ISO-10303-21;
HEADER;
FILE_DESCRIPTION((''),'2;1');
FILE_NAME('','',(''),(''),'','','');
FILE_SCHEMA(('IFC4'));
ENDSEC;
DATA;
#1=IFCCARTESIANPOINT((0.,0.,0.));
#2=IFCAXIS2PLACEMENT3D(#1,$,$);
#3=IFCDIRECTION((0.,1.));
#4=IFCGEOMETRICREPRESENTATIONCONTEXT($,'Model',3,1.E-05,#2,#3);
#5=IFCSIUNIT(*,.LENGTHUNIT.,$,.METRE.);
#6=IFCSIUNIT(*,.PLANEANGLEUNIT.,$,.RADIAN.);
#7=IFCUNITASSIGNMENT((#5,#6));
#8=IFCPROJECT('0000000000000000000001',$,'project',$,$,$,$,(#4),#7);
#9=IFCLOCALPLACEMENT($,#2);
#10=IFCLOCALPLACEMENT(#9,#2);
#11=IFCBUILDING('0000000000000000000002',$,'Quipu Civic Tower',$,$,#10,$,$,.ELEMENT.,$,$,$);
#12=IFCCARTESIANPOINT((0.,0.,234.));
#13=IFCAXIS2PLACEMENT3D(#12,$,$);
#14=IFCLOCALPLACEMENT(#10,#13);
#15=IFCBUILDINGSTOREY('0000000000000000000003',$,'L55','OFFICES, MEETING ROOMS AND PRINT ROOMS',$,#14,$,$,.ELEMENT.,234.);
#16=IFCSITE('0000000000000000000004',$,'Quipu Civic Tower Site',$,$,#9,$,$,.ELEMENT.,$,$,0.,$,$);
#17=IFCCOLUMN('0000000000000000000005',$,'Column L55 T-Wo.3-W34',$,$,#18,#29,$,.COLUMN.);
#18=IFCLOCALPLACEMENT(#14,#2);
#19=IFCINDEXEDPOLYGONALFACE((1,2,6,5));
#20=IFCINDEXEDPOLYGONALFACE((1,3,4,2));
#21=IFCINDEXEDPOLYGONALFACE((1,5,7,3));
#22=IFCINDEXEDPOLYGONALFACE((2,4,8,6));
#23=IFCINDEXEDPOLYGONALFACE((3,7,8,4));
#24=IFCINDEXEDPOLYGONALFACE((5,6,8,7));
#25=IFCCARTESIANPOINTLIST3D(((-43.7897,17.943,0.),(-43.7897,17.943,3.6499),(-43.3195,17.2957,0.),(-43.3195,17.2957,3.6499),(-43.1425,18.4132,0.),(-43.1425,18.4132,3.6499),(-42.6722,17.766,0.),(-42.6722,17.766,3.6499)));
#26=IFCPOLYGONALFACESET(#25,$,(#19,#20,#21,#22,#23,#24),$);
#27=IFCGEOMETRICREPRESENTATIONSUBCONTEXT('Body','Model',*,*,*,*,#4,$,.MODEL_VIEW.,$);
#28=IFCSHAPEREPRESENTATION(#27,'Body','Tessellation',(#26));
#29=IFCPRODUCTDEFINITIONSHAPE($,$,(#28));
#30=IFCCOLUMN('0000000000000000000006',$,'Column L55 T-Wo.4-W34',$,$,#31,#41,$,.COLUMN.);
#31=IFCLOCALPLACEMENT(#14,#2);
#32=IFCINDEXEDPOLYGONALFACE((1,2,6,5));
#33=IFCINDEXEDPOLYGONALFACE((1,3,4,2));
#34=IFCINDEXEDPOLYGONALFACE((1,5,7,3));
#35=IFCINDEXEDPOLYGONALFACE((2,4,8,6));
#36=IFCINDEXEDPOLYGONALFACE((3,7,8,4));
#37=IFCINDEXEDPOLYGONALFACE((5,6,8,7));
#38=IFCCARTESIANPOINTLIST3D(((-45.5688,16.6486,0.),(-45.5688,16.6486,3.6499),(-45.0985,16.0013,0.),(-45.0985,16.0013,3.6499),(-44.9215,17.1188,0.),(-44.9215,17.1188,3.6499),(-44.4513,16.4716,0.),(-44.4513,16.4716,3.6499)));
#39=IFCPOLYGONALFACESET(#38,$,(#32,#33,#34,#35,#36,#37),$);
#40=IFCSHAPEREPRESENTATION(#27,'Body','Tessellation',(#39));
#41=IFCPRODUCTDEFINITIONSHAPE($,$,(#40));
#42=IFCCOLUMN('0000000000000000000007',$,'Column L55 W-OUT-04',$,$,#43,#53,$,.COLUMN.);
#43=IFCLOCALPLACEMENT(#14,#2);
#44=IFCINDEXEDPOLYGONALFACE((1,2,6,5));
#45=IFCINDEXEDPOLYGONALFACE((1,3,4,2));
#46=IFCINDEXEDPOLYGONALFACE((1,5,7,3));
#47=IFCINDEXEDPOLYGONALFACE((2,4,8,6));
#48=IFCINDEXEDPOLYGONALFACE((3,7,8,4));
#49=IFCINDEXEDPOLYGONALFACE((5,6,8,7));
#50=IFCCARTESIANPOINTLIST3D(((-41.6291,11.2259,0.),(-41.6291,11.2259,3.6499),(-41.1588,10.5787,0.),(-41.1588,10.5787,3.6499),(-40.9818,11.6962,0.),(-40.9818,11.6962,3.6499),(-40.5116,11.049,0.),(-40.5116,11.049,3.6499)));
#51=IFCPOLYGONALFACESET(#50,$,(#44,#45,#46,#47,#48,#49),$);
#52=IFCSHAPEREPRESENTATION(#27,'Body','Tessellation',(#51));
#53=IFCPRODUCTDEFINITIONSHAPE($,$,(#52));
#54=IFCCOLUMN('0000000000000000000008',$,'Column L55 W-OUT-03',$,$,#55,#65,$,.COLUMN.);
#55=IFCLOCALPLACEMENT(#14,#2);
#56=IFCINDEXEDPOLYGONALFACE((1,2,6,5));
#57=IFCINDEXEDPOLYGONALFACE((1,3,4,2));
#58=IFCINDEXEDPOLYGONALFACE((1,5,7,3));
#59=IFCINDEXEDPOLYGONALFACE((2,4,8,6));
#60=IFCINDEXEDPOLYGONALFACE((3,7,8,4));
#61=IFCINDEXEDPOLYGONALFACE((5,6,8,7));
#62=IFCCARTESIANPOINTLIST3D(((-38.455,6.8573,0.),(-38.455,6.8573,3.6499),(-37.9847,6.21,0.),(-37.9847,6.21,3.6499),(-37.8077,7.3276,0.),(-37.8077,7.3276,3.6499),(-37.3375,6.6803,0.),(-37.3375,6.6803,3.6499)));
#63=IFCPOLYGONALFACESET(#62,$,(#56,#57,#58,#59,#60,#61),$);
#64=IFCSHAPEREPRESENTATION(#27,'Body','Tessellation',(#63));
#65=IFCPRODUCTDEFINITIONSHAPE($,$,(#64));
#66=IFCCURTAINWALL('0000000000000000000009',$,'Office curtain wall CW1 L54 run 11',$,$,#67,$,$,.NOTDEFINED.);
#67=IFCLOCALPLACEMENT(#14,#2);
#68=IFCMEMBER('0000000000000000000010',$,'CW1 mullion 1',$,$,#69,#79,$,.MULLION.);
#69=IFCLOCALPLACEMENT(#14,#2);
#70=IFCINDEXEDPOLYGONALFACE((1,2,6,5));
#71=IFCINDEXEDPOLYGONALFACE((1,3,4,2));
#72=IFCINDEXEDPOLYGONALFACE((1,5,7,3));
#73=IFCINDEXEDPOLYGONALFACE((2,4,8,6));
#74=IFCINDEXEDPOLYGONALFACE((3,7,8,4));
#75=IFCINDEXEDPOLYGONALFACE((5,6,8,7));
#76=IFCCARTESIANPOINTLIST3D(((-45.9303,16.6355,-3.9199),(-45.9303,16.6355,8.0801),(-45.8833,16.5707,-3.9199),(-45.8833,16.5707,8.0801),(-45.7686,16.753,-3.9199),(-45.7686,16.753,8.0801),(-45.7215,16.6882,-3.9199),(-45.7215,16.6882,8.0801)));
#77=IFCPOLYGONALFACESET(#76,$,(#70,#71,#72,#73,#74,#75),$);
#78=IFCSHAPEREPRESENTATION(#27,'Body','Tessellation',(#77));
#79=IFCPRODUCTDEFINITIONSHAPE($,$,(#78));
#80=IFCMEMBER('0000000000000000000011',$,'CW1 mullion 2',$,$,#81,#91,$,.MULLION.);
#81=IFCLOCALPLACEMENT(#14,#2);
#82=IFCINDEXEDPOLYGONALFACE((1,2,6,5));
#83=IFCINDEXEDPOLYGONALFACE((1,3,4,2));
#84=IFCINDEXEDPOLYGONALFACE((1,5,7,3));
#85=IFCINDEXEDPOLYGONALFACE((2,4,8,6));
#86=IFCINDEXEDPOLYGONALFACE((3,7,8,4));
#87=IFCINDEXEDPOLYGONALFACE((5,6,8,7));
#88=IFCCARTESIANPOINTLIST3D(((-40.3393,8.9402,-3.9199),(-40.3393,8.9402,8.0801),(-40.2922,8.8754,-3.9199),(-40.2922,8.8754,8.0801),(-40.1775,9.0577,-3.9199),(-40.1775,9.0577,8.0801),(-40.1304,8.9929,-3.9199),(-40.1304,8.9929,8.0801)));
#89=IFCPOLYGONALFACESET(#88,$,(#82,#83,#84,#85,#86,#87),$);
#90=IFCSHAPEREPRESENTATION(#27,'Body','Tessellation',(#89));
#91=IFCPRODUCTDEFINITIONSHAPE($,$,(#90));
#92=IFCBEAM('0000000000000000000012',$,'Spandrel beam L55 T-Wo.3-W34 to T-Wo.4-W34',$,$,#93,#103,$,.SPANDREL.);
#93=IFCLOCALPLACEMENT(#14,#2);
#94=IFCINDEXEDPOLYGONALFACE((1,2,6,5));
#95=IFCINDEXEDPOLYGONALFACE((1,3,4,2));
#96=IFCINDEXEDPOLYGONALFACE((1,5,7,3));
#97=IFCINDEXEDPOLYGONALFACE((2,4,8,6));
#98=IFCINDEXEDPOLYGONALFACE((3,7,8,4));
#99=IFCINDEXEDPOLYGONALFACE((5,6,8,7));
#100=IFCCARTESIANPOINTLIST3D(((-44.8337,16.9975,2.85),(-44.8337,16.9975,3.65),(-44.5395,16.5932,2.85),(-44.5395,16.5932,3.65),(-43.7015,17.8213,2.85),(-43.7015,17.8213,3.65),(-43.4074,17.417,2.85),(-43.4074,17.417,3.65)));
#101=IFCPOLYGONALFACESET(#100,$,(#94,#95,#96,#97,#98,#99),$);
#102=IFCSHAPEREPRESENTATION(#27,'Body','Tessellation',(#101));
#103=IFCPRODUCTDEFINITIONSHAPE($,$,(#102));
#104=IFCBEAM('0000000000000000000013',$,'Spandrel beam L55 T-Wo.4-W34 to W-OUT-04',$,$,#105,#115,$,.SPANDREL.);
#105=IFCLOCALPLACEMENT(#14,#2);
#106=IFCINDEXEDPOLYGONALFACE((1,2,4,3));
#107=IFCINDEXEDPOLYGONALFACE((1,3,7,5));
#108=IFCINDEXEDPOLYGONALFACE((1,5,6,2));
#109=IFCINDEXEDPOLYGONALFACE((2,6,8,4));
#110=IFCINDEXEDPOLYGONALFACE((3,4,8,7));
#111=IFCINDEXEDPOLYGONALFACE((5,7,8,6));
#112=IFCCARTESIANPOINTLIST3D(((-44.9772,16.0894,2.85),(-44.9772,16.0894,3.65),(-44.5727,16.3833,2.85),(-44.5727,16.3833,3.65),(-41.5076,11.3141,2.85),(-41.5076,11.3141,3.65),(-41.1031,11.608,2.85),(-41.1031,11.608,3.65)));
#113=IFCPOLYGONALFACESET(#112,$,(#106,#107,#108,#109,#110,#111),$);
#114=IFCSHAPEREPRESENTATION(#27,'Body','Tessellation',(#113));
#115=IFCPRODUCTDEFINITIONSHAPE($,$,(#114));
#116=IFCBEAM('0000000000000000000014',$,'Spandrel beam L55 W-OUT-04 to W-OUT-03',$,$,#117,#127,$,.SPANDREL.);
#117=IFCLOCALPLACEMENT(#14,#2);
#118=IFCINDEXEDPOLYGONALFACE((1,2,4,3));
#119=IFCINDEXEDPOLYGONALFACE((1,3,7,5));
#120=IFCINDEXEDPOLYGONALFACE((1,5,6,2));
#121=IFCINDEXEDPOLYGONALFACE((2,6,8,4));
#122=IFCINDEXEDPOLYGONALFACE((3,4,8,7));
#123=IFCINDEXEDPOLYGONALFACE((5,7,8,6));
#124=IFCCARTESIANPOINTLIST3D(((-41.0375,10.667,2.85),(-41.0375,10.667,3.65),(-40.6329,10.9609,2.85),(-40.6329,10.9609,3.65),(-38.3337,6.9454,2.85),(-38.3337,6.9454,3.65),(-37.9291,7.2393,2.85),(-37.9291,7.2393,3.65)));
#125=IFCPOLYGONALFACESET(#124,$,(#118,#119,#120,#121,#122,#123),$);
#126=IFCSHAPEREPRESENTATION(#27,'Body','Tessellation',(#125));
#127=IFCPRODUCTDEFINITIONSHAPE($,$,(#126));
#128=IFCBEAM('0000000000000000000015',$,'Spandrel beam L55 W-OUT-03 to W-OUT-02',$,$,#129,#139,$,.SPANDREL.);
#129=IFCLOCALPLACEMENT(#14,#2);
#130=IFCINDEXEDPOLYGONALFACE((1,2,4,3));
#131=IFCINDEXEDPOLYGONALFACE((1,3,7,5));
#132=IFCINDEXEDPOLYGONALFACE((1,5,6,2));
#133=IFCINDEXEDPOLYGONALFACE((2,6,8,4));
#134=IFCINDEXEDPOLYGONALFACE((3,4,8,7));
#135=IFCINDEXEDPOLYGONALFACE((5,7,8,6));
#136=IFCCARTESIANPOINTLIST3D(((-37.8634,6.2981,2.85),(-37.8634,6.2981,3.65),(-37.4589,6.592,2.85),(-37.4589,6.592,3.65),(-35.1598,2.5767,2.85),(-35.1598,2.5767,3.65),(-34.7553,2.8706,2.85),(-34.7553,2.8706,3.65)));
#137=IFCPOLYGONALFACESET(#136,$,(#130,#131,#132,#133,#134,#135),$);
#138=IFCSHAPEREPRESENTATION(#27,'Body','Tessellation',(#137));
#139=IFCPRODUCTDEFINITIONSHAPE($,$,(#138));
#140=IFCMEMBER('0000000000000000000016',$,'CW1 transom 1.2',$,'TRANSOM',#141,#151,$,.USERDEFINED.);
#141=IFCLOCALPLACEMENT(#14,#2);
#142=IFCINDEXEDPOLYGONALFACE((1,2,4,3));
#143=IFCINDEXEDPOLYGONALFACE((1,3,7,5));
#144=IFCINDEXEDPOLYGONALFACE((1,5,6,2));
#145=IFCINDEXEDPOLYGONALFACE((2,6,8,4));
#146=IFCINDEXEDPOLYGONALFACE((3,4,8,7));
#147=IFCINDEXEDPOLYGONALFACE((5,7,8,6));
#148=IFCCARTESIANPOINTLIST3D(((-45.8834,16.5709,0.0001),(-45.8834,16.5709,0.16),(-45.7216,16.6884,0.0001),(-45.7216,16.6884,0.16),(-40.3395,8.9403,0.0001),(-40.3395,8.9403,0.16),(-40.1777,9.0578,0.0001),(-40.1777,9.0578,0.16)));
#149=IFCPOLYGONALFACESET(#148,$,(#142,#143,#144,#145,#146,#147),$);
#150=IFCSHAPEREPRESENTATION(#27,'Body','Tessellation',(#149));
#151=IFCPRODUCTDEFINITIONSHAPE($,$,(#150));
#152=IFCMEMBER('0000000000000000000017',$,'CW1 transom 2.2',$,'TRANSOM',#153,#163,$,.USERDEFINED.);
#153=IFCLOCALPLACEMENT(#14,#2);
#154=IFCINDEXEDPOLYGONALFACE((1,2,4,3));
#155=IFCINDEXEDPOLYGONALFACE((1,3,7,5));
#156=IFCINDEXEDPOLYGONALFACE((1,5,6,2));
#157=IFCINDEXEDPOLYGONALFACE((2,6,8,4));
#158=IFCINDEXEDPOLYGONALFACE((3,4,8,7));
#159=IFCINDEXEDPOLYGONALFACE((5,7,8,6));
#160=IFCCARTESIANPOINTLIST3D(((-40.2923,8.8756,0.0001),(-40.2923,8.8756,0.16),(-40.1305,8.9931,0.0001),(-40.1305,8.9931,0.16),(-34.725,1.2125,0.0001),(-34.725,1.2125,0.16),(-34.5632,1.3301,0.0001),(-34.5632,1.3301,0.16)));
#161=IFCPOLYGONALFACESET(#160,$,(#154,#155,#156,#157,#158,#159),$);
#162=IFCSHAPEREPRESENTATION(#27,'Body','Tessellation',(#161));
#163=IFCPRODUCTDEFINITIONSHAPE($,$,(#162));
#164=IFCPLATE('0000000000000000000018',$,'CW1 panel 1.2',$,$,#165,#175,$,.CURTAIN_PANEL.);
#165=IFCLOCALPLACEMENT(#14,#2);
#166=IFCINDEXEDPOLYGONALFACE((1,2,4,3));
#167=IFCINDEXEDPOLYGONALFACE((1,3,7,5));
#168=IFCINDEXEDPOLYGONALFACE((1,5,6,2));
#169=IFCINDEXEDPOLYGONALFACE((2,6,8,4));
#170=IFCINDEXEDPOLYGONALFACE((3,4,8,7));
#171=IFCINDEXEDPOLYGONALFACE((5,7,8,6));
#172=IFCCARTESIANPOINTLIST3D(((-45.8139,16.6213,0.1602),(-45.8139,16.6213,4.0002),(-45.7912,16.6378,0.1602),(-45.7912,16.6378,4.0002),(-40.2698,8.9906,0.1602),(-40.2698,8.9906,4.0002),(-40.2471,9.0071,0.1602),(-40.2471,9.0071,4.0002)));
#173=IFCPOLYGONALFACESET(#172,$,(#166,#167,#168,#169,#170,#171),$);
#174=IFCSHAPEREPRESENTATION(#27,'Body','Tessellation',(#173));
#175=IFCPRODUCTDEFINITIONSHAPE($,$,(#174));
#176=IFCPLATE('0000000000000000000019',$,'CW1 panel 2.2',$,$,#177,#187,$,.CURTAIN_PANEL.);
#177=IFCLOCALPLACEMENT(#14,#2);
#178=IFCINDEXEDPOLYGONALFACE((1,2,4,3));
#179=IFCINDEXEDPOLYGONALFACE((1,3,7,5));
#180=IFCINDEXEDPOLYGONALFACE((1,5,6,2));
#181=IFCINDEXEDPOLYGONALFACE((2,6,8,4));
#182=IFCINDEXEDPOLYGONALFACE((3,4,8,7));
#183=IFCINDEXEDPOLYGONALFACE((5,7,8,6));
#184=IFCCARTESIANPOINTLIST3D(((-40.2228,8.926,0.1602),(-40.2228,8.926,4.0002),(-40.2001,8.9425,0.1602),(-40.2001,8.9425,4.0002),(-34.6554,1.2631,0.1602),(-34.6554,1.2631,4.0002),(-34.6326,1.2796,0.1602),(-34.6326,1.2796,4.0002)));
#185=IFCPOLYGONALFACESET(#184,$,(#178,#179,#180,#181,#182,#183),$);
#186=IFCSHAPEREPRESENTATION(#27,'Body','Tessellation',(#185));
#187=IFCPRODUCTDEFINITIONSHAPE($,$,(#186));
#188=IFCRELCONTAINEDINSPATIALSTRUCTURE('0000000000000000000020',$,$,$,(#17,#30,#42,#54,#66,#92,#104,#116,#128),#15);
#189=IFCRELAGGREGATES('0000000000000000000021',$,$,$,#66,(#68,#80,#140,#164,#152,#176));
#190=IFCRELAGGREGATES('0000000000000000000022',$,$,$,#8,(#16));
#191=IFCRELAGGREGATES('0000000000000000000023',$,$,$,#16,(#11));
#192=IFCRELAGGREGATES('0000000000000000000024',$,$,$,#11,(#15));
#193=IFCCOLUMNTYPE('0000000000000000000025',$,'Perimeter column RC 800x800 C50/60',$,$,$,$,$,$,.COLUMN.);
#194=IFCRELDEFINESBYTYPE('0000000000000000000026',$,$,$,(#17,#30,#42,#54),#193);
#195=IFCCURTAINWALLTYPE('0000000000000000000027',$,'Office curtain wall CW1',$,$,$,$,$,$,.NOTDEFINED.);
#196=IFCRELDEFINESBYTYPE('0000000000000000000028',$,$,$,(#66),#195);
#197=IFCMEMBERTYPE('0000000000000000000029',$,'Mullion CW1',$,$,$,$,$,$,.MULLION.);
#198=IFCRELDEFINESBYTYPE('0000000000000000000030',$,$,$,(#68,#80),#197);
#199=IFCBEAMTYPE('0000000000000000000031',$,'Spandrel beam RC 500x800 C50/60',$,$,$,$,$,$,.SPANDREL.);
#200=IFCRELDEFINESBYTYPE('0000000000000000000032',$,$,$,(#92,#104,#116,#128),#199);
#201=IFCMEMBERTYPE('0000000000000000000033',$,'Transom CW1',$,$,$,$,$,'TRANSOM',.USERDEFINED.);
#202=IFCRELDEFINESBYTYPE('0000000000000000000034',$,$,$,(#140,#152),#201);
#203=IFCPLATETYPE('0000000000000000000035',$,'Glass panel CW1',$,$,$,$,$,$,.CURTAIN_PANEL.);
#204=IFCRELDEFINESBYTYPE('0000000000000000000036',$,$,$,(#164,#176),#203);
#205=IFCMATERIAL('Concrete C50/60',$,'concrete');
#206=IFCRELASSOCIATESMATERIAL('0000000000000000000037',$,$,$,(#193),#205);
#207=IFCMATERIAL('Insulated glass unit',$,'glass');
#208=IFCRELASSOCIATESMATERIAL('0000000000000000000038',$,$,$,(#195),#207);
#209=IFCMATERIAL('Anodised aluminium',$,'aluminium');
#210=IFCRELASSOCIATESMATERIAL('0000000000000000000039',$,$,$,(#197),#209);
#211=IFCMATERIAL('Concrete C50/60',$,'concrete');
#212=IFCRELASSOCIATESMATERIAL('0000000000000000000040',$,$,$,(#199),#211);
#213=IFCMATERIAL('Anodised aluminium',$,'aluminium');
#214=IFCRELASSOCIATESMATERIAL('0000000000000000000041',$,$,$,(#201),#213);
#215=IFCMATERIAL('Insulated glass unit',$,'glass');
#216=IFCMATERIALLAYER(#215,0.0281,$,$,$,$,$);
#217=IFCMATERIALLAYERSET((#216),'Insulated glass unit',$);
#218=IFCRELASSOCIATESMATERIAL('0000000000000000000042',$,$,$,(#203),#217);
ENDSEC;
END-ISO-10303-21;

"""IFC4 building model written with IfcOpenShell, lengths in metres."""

from ifc_helpers import new_model, si_unit, direction, frame, origin, origin_2d, place, context, subcontext, project, spatial, rectangle, extrude, material, layer, layer_set, material_profile, profile_set, type_object, element, aggregate, save


model = new_model("IFC4")

# Units and contexts
model_context = context("Model", 3, precision=1e-05, world=origin(), true_north=direction((0.0, 1.0)))
body_context = subcontext(model_context, "Body", "Model", "MODEL_VIEW")
ifc_project = project(units=[si_unit("LENGTHUNIT", "METRE"), si_unit("PLANEANGLEUNIT", "RADIAN")], contexts=[model_context])

# Site, building, storey
site_placement = place(None, origin())
site = spatial("IfcSite", under=ifc_project, at=site_placement, Name="Quipu Civic Tower Site", CompositionType="ELEMENT", RefElevation=0.0)
building_placement = place(site_placement, origin())
building = spatial("IfcBuilding", under=site, at=building_placement, Name="Quipu Civic Tower", CompositionType="ELEMENT")
storey_placement = place(building_placement, frame((0.0, 0.0, 234.0)))
storey = spatial("IfcBuildingStorey", under=building, at=storey_placement, Name="L55", Description="OFFICES, MEETING ROOMS AND PRINT ROOMS", CompositionType="ELEMENT", Elevation=234.0)

# Columns
ifc_material_1 = material(Name="Concrete C50/60", Category="concrete")
ifc_material_profile_1 = material_profile(ifc_material_1, rectangle(XDim=0.8, YDim=0.8, at=origin_2d()), Name="RC800x800")
ifc_profile_set_1 = profile_set([ifc_material_profile_1], Name="Concrete C50/60")
column_type = type_object("IfcColumnType", Name="Perimeter column RC 800x800 C50/60", PredefinedType="COLUMN", material=ifc_profile_set_1)
for number, where, z_axis, x_axis, name in (
    (1, (-43.231, 17.8545, 0.0), (0.0, 0.0, 1.0), (0.587785, -0.809017, 0.0), "Column L55 T-Wo.3-W34"),
    (2, (-45.01, 16.5601, 0.0), (0.0, 0.0, 1.0), (0.587785, -0.809017, 0.0), "Column L55 T-Wo.4-W34"),
    (3, (-41.0703, 11.1375, 0.0), (0.0, 0.0, 1.0), (0.587785, -0.809017, 0.0), "Column L55 W-OUT-04"),
    (4, (-37.8962, 6.7688, 0.0), (0.0, 0.0, 1.0), (0.587785, -0.809017, 0.0), "Column L55 W-OUT-03"),
):
    element("IfcColumn", number, at=place(storey_placement, frame(where, z_axis=z_axis, x_axis=x_axis)), inside=storey, type_object=column_type, Name=name, PredefinedType="COLUMN", context=body_context, shape_type="SweptSolid", body=[
        extrude(rectangle(XDim=0.8, YDim=0.8, at=origin_2d()), origin(), (0.0, 0.0, 1.0), 3.6499),
    ])

# Curtain wall, members
ifc_material_2 = material(Name="Insulated glass unit", Category="glass")
curtain_wall_type = type_object("IfcCurtainWallType", Name="Office curtain wall CW1", PredefinedType="NOTDEFINED", material=ifc_material_2)
curtain_wall_placement = place(storey_placement, origin())
curtain_wall = element("IfcCurtainWall", 5, at=curtain_wall_placement, inside=storey, type_object=curtain_wall_type, Name="Office curtain wall CW1 L54 run 11", PredefinedType="NOTDEFINED")
ifc_material_3 = material(Name="Anodised aluminium", Category="aluminium")
ifc_material_profile_2 = material_profile(ifc_material_3, rectangle(XDim=0.2, YDim=0.0801, at=origin_2d()), Name="RECT 200x80")
ifc_profile_set_2 = profile_set([ifc_material_profile_2], Name="Anodised aluminium")
member_type_1 = type_object("IfcMemberType", Name="Mullion CW1", PredefinedType="MULLION", material=ifc_profile_set_2)
member_1_placement = place(storey_placement, frame((-45.8259, 16.6619, -3.9199), z_axis=(0.0, 0.0, 1.0), x_axis=(0.809017, 0.587786, 0.0)))
member_1 = element("IfcMember", 6, at=member_1_placement, type_object=member_type_1, Name="CW1 mullion 1", PredefinedType="MULLION", context=body_context, shape_type="SweptSolid", body=[
    extrude(rectangle(XDim=0.2, YDim=0.0801, at=origin_2d()), origin(), (0.0, 0.0, 1.0), 12.0),
])
member_2_placement = place(storey_placement, frame((-40.2349, 8.9666, -3.9199), z_axis=(0.0, 0.0, 1.0), x_axis=(0.809017, 0.587786, 0.0)))
member_2 = element("IfcMember", 7, at=member_2_placement, type_object=member_type_1, Name="CW1 mullion 2", PredefinedType="MULLION", context=body_context, shape_type="SweptSolid", body=[
    extrude(rectangle(XDim=0.2, YDim=0.0801, at=origin_2d()), origin(), (0.0, 0.0, 1.0), 12.0),
])

# Beams
ifc_material_4 = material(Name="Concrete C50/60", Category="concrete")
ifc_material_profile_3 = material_profile(ifc_material_4, rectangle(XDim=0.5, YDim=0.8, at=origin_2d()), Name="RC500x800")
ifc_profile_set_3 = profile_set([ifc_material_profile_3], Name="Concrete C50/60")
beam_type = type_object("IfcBeamType", Name="Spandrel beam RC 500x800 C50/60", PredefinedType="SPANDREL", material=ifc_profile_set_3)
beam_1_placement = place(storey_placement, frame((-43.5544, 17.6191, 3.25), z_axis=(-0.8086, -0.588358, 0.0), x_axis=(0.588358, -0.8086, 0.0)))
element("IfcBeam", 8, at=beam_1_placement, inside=storey, type_object=beam_type, Name="Spandrel beam L55 T-Wo.3-W34 to T-Wo.4-W34", PredefinedType="SPANDREL", context=body_context, shape_type="SweptSolid", body=[
    extrude(rectangle(XDim=0.5, YDim=0.8, at=origin_2d()), origin(), (0.0, 0.0, 1.0), 1.4001),
])
beam_2_placement = place(storey_placement, frame((-44.7749, 16.2363, 3.25), z_axis=(0.5878, -0.809006, 0.0), x_axis=(0.809006, 0.5878, 0.0)))
element("IfcBeam", 9, at=beam_2_placement, inside=storey, type_object=beam_type, Name="Spandrel beam L55 T-Wo.4-W34 to W-OUT-04", PredefinedType="SPANDREL", context=body_context, shape_type="SweptSolid", body=[
    extrude(rectangle(XDim=0.5, YDim=0.8, at=origin_2d()), origin(), (0.0, 0.0, 1.0), 5.9026),
])
beam_3_placement = place(storey_placement, frame((-40.8352, 10.814, 3.25), z_axis=(0.587771, -0.809027, 0.0), x_axis=(0.809027, 0.587771, 0.0)))
element("IfcBeam", 10, at=beam_3_placement, inside=storey, type_object=beam_type, Name="Spandrel beam L55 W-OUT-04 to W-OUT-03", PredefinedType="SPANDREL", context=body_context, shape_type="SweptSolid", body=[
    extrude(rectangle(XDim=0.5, YDim=0.8, at=origin_2d()), origin(), (0.0, 0.0, 1.0), 4.6001),
])
beam_4_placement = place(storey_placement, frame((-37.6611, 6.4451, 3.25), z_axis=(0.587761, -0.809034, 0.0), x_axis=(0.809034, 0.587761, 0.0)))
element("IfcBeam", 11, at=beam_4_placement, inside=storey, type_object=beam_type, Name="Spandrel beam L55 W-OUT-03 to W-OUT-02", PredefinedType="SPANDREL", context=body_context, shape_type="SweptSolid", body=[
    extrude(rectangle(XDim=0.5, YDim=0.8, at=origin_2d()), origin(), (0.0, 0.0, 1.0), 4.5999),
])

# Members
ifc_material_5 = material(Name="Anodised aluminium", Category="aluminium")
ifc_material_profile_4 = material_profile(ifc_material_5, rectangle(XDim=0.2, YDim=0.1599, at=origin_2d()), Name="RECT 200x160")
ifc_profile_set_4 = profile_set([ifc_material_profile_4], Name="Anodised aluminium")
member_type_2 = type_object("IfcMemberType", Name="Transom CW1", ElementType="TRANSOM", PredefinedType="USERDEFINED", material=ifc_profile_set_4)
member_3_placement = place(storey_placement, frame((-45.8025, 16.6296, 0.0801), z_axis=(0.587784, -0.809018, 0.0), x_axis=(0.809018, 0.587784, 0.0)))
member_3 = element("IfcMember", 12, at=member_3_placement, type_object=member_type_2, Name="CW1 transom 1.2", ObjectType="TRANSOM", PredefinedType="USERDEFINED", context=body_context, shape_type="SweptSolid", body=[
    extrude(rectangle(XDim=0.2, YDim=0.1599, at=origin_2d()), origin(), (0.0, 0.0, 1.0), 9.4319),
])
member_4_placement = place(storey_placement, frame((-40.2114, 8.9343, 0.0801), z_axis=(0.587773, -0.809026, 0.0), x_axis=(0.809026, 0.587773, 0.0)))
member_4 = element("IfcMember", 13, at=member_4_placement, type_object=member_type_2, Name="CW1 transom 2.2", ObjectType="TRANSOM", PredefinedType="USERDEFINED", context=body_context, shape_type="SweptSolid", body=[
    extrude(rectangle(XDim=0.2, YDim=0.1599, at=origin_2d()), origin(), (0.0, 0.0, 1.0), 9.4719),
])

# Plates
ifc_material_6 = material(Name="Insulated glass unit", Category="glass")
ifc_layer_1 = layer(ifc_material_6, 0.0281)
ifc_layer_set_1 = layer_set([ifc_layer_1], Name="Insulated glass unit")
plate_type_1 = type_object("IfcPlateType", Name="Glass panel CW1", PredefinedType="CURTAIN_PANEL", material=ifc_layer_set_1)
plate_1_placement = place(storey_placement, frame((-43.0305, 12.8142, 0.1602), z_axis=(0.0, 0.0, 1.0), x_axis=(0.587786, -0.809017, 0.0)))
plate_1 = element("IfcPlate", 14, at=plate_1_placement, type_object=plate_type_1, Name="CW1 panel 1.2", PredefinedType="CURTAIN_PANEL", context=body_context, shape_type="SweptSolid", body=[
    extrude(rectangle(XDim=9.4321, YDim=0.0281, at=origin_2d()), origin(), (0.0, 0.0, 1.0), 3.8401),
])
plate_2_placement = place(storey_placement, frame((-37.4277, 5.1028, 0.1602), z_axis=(0.0, 0.0, 1.0), x_axis=(0.587786, -0.809017, 0.0)))
plate_2 = element("IfcPlate", 15, at=plate_2_placement, type_object=plate_type_1, Name="CW1 panel 2.2", PredefinedType="CURTAIN_PANEL", context=body_context, shape_type="SweptSolid", body=[
    extrude(rectangle(XDim=9.4719, YDim=0.0281, at=origin_2d()), origin(), (0.0, 0.0, 1.0), 3.8401),
])
aggregate(curtain_wall, [member_1, member_2, member_3, plate_1, member_4, plate_2])

save(model, "model.ifc")
